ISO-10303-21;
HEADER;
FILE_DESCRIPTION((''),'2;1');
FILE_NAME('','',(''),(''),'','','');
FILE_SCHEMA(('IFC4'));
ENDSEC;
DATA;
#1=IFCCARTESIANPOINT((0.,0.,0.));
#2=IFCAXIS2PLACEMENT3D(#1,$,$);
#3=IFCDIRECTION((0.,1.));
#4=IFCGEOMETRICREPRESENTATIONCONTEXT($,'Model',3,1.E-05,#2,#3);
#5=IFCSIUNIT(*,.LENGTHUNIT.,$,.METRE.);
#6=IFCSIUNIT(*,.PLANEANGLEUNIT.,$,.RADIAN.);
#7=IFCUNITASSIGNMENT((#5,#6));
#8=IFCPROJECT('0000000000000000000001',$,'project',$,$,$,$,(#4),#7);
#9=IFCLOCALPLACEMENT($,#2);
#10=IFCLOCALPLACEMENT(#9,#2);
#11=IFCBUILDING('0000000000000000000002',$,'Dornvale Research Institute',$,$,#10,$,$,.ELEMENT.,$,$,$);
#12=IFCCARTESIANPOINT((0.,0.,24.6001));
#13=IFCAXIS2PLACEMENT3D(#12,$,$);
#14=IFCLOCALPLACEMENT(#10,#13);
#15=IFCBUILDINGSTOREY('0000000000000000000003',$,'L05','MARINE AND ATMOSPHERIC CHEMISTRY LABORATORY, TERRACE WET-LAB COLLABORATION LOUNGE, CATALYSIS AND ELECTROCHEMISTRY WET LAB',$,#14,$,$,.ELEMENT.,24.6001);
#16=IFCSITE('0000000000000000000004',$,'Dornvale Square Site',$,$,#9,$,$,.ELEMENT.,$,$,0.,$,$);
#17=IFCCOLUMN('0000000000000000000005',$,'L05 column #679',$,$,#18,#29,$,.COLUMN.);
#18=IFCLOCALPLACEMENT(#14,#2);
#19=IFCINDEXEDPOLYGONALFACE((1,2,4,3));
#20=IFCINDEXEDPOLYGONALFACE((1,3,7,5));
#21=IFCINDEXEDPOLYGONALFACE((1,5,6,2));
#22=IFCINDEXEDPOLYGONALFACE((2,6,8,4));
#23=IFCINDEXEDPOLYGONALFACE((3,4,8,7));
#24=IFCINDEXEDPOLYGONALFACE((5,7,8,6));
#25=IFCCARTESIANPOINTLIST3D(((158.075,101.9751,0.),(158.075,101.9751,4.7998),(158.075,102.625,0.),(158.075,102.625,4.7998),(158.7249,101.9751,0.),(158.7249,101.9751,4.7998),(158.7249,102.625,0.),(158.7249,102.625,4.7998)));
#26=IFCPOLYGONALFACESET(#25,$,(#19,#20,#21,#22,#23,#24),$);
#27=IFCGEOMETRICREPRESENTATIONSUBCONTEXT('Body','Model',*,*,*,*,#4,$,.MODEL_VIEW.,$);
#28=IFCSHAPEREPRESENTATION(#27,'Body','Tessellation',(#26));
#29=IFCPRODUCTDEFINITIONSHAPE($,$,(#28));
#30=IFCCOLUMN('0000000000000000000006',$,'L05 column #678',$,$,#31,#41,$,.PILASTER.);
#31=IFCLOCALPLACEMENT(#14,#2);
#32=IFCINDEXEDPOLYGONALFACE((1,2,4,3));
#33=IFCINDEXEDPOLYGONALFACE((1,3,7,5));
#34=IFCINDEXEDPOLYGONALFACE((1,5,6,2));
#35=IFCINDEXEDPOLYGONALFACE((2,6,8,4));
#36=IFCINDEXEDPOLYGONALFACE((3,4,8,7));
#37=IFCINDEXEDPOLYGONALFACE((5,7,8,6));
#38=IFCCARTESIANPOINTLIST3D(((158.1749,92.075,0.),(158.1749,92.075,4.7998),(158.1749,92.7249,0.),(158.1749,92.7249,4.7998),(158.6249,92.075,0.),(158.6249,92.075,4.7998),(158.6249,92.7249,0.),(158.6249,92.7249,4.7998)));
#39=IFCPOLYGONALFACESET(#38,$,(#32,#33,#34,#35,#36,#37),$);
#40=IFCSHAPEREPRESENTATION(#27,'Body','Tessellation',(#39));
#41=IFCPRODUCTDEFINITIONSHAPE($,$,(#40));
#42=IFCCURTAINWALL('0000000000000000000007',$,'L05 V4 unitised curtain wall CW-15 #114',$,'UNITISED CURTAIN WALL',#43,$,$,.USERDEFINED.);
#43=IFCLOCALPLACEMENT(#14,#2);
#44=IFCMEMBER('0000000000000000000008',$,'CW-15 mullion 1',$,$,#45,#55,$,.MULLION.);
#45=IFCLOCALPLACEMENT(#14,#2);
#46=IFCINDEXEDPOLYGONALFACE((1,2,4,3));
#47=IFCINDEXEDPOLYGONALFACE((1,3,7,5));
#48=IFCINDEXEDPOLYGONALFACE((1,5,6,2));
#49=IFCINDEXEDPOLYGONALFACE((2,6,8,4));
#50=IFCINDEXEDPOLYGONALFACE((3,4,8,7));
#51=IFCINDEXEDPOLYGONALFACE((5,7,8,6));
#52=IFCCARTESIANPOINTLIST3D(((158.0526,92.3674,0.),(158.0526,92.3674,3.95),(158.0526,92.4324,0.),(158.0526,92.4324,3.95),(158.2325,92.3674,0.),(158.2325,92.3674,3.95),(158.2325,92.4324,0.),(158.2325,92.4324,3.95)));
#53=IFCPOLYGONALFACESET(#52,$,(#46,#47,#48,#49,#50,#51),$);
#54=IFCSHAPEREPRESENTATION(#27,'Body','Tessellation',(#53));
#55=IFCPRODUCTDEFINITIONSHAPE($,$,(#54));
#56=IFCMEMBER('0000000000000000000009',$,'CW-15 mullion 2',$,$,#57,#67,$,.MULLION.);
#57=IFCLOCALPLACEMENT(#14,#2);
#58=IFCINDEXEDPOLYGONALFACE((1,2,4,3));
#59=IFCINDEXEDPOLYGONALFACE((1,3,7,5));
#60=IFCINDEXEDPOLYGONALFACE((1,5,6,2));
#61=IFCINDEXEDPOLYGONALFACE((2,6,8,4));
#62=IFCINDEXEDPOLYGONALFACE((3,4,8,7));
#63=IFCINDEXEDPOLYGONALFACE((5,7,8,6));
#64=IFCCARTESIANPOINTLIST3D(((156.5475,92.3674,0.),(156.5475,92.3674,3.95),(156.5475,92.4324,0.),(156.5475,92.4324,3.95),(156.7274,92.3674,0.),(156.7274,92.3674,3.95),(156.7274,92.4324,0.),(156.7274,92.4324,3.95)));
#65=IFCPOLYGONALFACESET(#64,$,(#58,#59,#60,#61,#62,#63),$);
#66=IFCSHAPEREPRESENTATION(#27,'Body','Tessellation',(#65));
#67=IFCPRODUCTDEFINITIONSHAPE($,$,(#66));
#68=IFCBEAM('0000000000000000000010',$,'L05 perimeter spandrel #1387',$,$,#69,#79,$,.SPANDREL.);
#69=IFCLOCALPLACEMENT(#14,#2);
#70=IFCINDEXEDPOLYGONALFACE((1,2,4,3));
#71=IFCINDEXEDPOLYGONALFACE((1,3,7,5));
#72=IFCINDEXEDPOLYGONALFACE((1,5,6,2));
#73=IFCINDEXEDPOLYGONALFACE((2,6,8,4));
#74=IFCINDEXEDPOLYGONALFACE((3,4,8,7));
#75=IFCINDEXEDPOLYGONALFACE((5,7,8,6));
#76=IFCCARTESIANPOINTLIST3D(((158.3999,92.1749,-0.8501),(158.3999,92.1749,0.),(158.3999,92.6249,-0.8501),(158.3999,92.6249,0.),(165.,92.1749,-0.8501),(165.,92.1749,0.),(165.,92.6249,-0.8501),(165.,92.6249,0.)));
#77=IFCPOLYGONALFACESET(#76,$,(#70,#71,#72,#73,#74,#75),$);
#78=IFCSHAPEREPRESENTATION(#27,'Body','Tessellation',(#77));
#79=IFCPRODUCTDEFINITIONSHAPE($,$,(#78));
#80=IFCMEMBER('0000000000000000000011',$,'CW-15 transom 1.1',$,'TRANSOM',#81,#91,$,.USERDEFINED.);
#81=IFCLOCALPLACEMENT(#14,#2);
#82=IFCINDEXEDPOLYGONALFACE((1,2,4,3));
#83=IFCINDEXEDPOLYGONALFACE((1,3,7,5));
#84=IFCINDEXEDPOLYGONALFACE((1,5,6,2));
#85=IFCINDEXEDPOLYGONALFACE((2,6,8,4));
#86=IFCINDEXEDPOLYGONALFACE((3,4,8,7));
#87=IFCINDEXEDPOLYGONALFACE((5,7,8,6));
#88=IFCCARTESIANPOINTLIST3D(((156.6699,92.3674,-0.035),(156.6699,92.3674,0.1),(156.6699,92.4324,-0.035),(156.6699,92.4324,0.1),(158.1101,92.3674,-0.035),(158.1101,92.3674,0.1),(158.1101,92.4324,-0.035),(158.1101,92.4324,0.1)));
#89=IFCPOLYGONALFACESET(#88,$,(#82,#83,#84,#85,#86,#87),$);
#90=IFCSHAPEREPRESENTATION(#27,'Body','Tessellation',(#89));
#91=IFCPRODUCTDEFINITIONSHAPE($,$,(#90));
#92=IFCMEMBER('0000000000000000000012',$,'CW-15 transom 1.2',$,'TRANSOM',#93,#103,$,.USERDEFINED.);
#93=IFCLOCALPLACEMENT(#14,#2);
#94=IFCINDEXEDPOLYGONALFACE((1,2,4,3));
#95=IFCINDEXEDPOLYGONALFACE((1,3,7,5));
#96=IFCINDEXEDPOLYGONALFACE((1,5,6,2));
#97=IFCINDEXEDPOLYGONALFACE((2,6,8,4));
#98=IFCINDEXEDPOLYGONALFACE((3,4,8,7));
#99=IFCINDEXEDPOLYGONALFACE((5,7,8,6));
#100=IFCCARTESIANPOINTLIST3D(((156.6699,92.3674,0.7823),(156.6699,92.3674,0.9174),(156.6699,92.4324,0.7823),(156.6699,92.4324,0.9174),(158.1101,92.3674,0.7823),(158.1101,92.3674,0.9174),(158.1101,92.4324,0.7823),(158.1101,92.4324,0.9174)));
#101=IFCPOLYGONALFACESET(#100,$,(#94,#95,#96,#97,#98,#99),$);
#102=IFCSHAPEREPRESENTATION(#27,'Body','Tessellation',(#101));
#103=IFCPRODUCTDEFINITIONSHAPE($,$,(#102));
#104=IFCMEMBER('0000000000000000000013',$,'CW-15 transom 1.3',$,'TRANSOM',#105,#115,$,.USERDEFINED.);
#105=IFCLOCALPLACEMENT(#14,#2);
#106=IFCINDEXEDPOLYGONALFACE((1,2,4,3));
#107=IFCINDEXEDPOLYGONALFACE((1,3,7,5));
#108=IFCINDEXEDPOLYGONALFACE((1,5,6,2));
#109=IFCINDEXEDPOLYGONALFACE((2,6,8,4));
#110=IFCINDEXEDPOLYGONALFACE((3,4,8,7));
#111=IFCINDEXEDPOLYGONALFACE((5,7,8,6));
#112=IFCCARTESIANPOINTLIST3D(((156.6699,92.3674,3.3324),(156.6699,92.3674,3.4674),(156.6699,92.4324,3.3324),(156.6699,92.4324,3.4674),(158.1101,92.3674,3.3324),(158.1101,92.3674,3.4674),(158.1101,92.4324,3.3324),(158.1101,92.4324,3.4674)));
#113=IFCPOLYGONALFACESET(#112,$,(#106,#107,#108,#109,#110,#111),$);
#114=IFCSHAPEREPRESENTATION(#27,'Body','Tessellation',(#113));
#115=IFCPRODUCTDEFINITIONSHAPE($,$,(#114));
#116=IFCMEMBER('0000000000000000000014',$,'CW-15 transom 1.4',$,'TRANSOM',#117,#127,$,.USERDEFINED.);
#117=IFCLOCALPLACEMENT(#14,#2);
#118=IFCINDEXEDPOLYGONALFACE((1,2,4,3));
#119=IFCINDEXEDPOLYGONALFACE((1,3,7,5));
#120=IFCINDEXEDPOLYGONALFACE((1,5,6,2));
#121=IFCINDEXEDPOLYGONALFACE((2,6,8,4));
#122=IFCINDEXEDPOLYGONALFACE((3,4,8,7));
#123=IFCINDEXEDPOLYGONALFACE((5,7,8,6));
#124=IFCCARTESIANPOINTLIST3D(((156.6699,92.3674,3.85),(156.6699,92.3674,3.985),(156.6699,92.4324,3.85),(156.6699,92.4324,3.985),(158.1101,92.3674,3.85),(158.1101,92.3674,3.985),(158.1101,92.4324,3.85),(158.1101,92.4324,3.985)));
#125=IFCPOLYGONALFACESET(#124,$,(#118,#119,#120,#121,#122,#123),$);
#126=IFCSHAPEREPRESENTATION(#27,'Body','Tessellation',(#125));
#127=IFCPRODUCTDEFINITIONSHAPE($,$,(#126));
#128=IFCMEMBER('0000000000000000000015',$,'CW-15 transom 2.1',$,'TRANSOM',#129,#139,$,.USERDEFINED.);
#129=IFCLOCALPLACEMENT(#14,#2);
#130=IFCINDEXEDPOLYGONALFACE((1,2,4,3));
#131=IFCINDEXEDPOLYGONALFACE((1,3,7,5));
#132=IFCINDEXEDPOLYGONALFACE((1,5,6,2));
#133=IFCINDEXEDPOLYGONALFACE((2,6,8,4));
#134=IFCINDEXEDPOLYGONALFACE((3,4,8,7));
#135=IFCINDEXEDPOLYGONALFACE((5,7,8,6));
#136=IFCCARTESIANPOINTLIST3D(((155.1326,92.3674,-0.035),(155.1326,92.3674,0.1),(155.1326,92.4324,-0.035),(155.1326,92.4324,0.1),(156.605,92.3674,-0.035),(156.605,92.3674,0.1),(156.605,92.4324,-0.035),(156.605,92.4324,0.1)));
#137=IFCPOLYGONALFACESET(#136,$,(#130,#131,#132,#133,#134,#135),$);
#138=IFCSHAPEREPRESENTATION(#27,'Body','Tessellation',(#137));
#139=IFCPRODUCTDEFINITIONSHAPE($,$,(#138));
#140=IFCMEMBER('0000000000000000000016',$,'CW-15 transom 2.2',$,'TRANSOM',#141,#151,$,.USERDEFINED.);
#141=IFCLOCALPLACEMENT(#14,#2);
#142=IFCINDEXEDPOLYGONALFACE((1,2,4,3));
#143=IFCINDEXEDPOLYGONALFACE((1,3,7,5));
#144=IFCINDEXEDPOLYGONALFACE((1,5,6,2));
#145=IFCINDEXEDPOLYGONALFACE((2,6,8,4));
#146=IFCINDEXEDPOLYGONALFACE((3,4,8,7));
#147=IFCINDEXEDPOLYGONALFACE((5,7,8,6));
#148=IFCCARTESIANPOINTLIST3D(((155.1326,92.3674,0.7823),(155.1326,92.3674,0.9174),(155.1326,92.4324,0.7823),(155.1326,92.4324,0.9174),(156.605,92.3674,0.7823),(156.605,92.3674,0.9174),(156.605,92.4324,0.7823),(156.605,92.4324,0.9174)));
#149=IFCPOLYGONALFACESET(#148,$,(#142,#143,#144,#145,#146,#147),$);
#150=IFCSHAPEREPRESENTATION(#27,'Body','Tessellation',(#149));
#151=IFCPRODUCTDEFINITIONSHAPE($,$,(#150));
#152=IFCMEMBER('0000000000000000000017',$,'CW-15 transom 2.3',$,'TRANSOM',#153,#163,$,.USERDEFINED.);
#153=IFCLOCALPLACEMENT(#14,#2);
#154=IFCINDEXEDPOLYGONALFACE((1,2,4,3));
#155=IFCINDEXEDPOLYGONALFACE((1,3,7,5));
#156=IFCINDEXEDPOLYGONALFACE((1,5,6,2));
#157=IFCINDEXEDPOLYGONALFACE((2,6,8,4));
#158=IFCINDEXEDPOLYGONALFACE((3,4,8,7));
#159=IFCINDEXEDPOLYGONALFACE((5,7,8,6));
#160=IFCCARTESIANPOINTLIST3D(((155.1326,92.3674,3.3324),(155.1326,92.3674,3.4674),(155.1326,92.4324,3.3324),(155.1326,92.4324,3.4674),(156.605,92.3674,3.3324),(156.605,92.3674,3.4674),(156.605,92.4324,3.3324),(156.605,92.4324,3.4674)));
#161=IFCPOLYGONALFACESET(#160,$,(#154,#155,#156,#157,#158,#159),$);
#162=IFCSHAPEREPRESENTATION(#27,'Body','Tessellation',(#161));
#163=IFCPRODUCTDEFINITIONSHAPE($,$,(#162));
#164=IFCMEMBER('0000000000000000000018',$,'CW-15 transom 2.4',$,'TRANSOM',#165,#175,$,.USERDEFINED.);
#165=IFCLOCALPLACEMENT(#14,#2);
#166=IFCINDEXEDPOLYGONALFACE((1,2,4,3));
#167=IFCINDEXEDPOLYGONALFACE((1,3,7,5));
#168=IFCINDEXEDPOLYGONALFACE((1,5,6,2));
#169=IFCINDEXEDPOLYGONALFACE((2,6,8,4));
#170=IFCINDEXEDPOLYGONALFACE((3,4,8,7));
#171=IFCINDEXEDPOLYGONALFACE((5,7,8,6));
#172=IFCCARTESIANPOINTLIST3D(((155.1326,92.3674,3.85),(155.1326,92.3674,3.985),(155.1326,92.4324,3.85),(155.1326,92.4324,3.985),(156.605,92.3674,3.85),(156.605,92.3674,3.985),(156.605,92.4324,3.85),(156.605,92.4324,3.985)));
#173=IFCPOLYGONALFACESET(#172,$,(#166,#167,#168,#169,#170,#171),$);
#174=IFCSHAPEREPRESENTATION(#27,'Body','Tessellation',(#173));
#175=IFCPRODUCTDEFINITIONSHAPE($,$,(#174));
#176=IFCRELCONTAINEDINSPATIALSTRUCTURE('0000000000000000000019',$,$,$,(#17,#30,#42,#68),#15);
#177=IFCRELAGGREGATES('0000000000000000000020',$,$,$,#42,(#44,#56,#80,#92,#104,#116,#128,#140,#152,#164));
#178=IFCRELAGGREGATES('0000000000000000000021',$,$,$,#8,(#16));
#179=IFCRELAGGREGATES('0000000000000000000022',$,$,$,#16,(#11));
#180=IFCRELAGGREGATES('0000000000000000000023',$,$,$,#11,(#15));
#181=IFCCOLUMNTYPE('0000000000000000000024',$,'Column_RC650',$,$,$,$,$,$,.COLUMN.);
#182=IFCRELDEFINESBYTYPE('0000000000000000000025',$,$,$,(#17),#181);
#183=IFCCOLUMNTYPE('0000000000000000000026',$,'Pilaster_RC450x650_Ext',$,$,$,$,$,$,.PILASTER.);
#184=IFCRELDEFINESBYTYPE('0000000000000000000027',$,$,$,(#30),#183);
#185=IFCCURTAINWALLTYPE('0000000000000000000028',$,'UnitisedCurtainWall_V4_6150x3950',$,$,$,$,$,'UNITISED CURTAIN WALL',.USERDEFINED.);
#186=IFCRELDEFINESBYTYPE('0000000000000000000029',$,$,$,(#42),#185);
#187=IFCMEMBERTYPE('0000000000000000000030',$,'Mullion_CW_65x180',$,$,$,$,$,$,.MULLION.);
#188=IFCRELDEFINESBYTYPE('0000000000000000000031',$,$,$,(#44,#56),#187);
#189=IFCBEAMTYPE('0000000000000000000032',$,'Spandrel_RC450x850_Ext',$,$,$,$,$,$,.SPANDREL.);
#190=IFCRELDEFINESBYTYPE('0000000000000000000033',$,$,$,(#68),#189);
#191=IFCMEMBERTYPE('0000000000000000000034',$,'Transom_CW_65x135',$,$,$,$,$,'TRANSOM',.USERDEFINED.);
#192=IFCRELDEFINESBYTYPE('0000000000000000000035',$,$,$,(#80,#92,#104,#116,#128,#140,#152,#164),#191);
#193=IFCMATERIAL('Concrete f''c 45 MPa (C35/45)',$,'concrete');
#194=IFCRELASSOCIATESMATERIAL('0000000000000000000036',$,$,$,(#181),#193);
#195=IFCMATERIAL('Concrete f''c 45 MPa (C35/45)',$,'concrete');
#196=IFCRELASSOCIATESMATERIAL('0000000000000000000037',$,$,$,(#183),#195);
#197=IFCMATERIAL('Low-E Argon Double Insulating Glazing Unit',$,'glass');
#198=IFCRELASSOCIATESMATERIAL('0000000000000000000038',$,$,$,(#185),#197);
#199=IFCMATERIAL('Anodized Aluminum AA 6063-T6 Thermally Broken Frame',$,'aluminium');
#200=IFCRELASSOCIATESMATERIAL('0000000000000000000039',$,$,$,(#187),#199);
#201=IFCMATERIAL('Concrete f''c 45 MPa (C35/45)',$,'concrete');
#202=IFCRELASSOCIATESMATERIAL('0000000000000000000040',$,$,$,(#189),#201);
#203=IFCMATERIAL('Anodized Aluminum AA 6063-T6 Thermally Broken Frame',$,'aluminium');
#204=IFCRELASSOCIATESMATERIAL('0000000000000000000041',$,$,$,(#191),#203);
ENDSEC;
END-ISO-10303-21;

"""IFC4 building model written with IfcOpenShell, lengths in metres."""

from ifc_helpers import new_model, si_unit, direction, frame, origin, origin_2d, place, context, subcontext, project, spatial, rectangle, extrude, material, material_profile, profile_set, type_object, element, aggregate, save


model = new_model("IFC4")

# Units and contexts
model_context = context("Model", 3, precision=1e-05, world=origin(), true_north=direction((0.0, 1.0)))
body_context = subcontext(model_context, "Body", "Model", "MODEL_VIEW")
ifc_project = project(units=[si_unit("LENGTHUNIT", "METRE"), si_unit("PLANEANGLEUNIT", "RADIAN")], contexts=[model_context])

# Site, building, storey
site_placement = place(None, origin())
site = spatial("IfcSite", under=ifc_project, at=site_placement, Name="Dornvale Square Site", CompositionType="ELEMENT", RefElevation=0.0)
building_placement = place(site_placement, origin())
building = spatial("IfcBuilding", under=site, at=building_placement, Name="Dornvale Research Institute", CompositionType="ELEMENT")
storey_placement = place(building_placement, frame((0.0, 0.0, 24.6001)))
storey = spatial("IfcBuildingStorey", under=building, at=storey_placement, Name="L05", Description="MARINE AND ATMOSPHERIC CHEMISTRY LABORATORY, TERRACE WET-LAB COLLABORATION LOUNGE, CATALYSIS AND ELECTROCHEMISTRY WET LAB", CompositionType="ELEMENT", Elevation=24.6001)

# Columns
ifc_material_1 = material(Name="Concrete f'c 45 MPa (C35/45)", Category="concrete")
ifc_material_profile_1 = material_profile(ifc_material_1, rectangle(XDim=0.6499, YDim=0.6499, at=origin_2d()), Name="RC 650x650")
ifc_profile_set_1 = profile_set([ifc_material_profile_1], Name="Concrete f'c 45 MPa (C35/45)")
column_type_1 = type_object("IfcColumnType", Name="Column_RC650", PredefinedType="COLUMN", material=ifc_profile_set_1)
column_1_placement = place(storey_placement, frame((158.3999, 102.3, 0.0), z_axis=(0.0, 0.0, 1.0), x_axis=(1.0, 0.0, 0.0)))
element("IfcColumn", 1, at=column_1_placement, inside=storey, type_object=column_type_1, Name="L05 column #679", PredefinedType="COLUMN", context=body_context, shape_type="SweptSolid", body=[
    extrude(rectangle(XDim=0.6499, YDim=0.6499, at=origin_2d()), origin(), (0.0, 0.0, 1.0), 4.7998),
])
ifc_material_2 = material(Name="Concrete f'c 45 MPa (C35/45)", Category="concrete")
ifc_material_profile_2 = material_profile(ifc_material_2, rectangle(XDim=0.45, YDim=0.6499, at=origin_2d()), Name="RC 450x650")
ifc_profile_set_2 = profile_set([ifc_material_profile_2], Name="Concrete f'c 45 MPa (C35/45)")
column_type_2 = type_object("IfcColumnType", Name="Pilaster_RC450x650_Ext", PredefinedType="PILASTER", material=ifc_profile_set_2)
column_2_placement = place(storey_placement, frame((158.3999, 92.3999, 0.0), z_axis=(0.0, 0.0, 1.0), x_axis=(1.0, 0.0, 0.0)))
element("IfcColumn", 2, at=column_2_placement, inside=storey, type_object=column_type_2, Name="L05 column #678", PredefinedType="PILASTER", context=body_context, shape_type="SweptSolid", body=[
    extrude(rectangle(XDim=0.45, YDim=0.6499, at=origin_2d()), origin(), (0.0, 0.0, 1.0), 4.7998),
])

# Curtain wall, members
ifc_material_3 = material(Name="Low-E Argon Double Insulating Glazing Unit", Category="glass")
curtain_wall_type = type_object("IfcCurtainWallType", Name="UnitisedCurtainWall_V4_6150x3950", ElementType="UNITISED CURTAIN WALL", PredefinedType="USERDEFINED", material=ifc_material_3)
curtain_wall_placement = place(storey_placement, origin())
curtain_wall = element("IfcCurtainWall", 3, at=curtain_wall_placement, inside=storey, type_object=curtain_wall_type, Name="L05 V4 unitised curtain wall CW-15 #114", ObjectType="UNITISED CURTAIN WALL", PredefinedType="USERDEFINED")
ifc_material_4 = material(Name="Anodized Aluminum AA 6063-T6 Thermally Broken Frame", Category="aluminium")
ifc_material_profile_3 = material_profile(ifc_material_4, rectangle(XDim=0.0649, YDim=0.1799, at=origin_2d()), Name="ALU MULLION 65x180")
ifc_profile_set_3 = profile_set([ifc_material_profile_3], Name="Anodized Aluminum AA 6063-T6 Thermally Broken Frame")
member_type_1 = type_object("IfcMemberType", Name="Mullion_CW_65x180", PredefinedType="MULLION", material=ifc_profile_set_3)
member_1_placement = place(storey_placement, frame((158.1426, 92.3999, 0.0), z_axis=(0.0, 0.0, 1.0), x_axis=(0.0, -1.0, 0.0)))
member_1 = element("IfcMember", 4, at=member_1_placement, type_object=member_type_1, Name="CW-15 mullion 1", PredefinedType="MULLION", context=body_context, shape_type="SweptSolid", body=[
    extrude(rectangle(XDim=0.0649, YDim=0.1799, at=origin_2d()), origin(), (0.0, 0.0, 1.0), 3.95),
])
member_2_placement = place(storey_placement, frame((156.6375, 92.3999, 0.0), z_axis=(0.0, 0.0, 1.0), x_axis=(0.0, -1.0, 0.0)))
member_2 = element("IfcMember", 5, at=member_2_placement, type_object=member_type_1, Name="CW-15 mullion 2", PredefinedType="MULLION", context=body_context, shape_type="SweptSolid", body=[
    extrude(rectangle(XDim=0.0649, YDim=0.1799, at=origin_2d()), origin(), (0.0, 0.0, 1.0), 3.95),
])

# Beam
ifc_material_5 = material(Name="Concrete f'c 45 MPa (C35/45)", Category="concrete")
ifc_material_profile_4 = material_profile(ifc_material_5, rectangle(XDim=0.45, YDim=0.8501, at=origin_2d()), Name="RC 450x850")
ifc_profile_set_4 = profile_set([ifc_material_profile_4], Name="Concrete f'c 45 MPa (C35/45)")
beam_type = type_object("IfcBeamType", Name="Spandrel_RC450x850_Ext", PredefinedType="SPANDREL", material=ifc_profile_set_4)
beam_placement = place(storey_placement, frame((158.3999, 92.3999, -0.425), z_axis=(1.0, 0.0, 0.0), x_axis=(0.0, 1.0, 0.0)))
element("IfcBeam", 6, at=beam_placement, inside=storey, type_object=beam_type, Name="L05 perimeter spandrel #1387", PredefinedType="SPANDREL", context=body_context, shape_type="SweptSolid", body=[
    extrude(rectangle(XDim=0.45, YDim=0.8501, at=origin_2d()), origin(), (0.0, 0.0, 1.0), 6.6001),
])

# Members
ifc_material_6 = material(Name="Anodized Aluminum AA 6063-T6 Thermally Broken Frame", Category="aluminium")
ifc_material_profile_5 = material_profile(ifc_material_6, rectangle(XDim=0.0649, YDim=0.135, at=origin_2d()), Name="ALU TRANSOM 65x135")
ifc_profile_set_5 = profile_set([ifc_material_profile_5], Name="Anodized Aluminum AA 6063-T6 Thermally Broken Frame")
member_type_2 = type_object("IfcMemberType", Name="Transom_CW_65x135", ElementType="TRANSOM", PredefinedType="USERDEFINED", material=ifc_profile_set_5)
member_3_placement = place(storey_placement, frame((158.1101, 92.3999, 0.0325), z_axis=(-1.0, 0.0, 0.0), x_axis=(0.0, -1.0, 0.0)))
member_3 = element("IfcMember", 7, at=member_3_placement, type_object=member_type_2, Name="CW-15 transom 1.1", ObjectType="TRANSOM", PredefinedType="USERDEFINED", context=body_context, shape_type="SweptSolid", body=[
    extrude(rectangle(XDim=0.0649, YDim=0.135, at=origin_2d()), origin(), (0.0, 0.0, 1.0), 1.4402),
])
member_4_placement = place(storey_placement, frame((158.1101, 92.3999, 0.8499), z_axis=(-1.0, 0.0, 0.0), x_axis=(0.0, -1.0, 0.0)))
member_4 = element("IfcMember", 8, at=member_4_placement, type_object=member_type_2, Name="CW-15 transom 1.2", ObjectType="TRANSOM", PredefinedType="USERDEFINED", context=body_context, shape_type="SweptSolid", body=[
    extrude(rectangle(XDim=0.0649, YDim=0.135, at=origin_2d()), origin(), (0.0, 0.0, 1.0), 1.4402),
])
member_5_placement = place(storey_placement, frame((158.1101, 92.3999, 3.3999), z_axis=(-1.0, 0.0, 0.0), x_axis=(0.0, -1.0, 0.0)))
member_5 = element("IfcMember", 9, at=member_5_placement, type_object=member_type_2, Name="CW-15 transom 1.3", ObjectType="TRANSOM", PredefinedType="USERDEFINED", context=body_context, shape_type="SweptSolid", body=[
    extrude(rectangle(XDim=0.0649, YDim=0.135, at=origin_2d()), origin(), (0.0, 0.0, 1.0), 1.4402),
])
member_6_placement = place(storey_placement, frame((158.1101, 92.3999, 3.9175), z_axis=(-1.0, 0.0, 0.0), x_axis=(0.0, -1.0, 0.0)))
member_6 = element("IfcMember", 10, at=member_6_placement, type_object=member_type_2, Name="CW-15 transom 1.4", ObjectType="TRANSOM", PredefinedType="USERDEFINED", context=body_context, shape_type="SweptSolid", body=[
    extrude(rectangle(XDim=0.0649, YDim=0.135, at=origin_2d()), origin(), (0.0, 0.0, 1.0), 1.4402),
])
member_7_placement = place(storey_placement, frame((156.605, 92.3999, 0.0325), z_axis=(-1.0, 0.0, 0.0), x_axis=(0.0, -1.0, 0.0)))
member_7 = element("IfcMember", 11, at=member_7_placement, type_object=member_type_2, Name="CW-15 transom 2.1", ObjectType="TRANSOM", PredefinedType="USERDEFINED", context=body_context, shape_type="SweptSolid", body=[
    extrude(rectangle(XDim=0.0649, YDim=0.135, at=origin_2d()), origin(), (0.0, 0.0, 1.0), 1.4724),
])
member_8_placement = place(storey_placement, frame((156.605, 92.3999, 0.8499), z_axis=(-1.0, 0.0, 0.0), x_axis=(0.0, -1.0, 0.0)))
member_8 = element("IfcMember", 12, at=member_8_placement, type_object=member_type_2, Name="CW-15 transom 2.2", ObjectType="TRANSOM", PredefinedType="USERDEFINED", context=body_context, shape_type="SweptSolid", body=[
    extrude(rectangle(XDim=0.0649, YDim=0.135, at=origin_2d()), origin(), (0.0, 0.0, 1.0), 1.4724),
])
member_9_placement = place(storey_placement, frame((156.605, 92.3999, 3.3999), z_axis=(-1.0, 0.0, 0.0), x_axis=(0.0, -1.0, 0.0)))
member_9 = element("IfcMember", 13, at=member_9_placement, type_object=member_type_2, Name="CW-15 transom 2.3", ObjectType="TRANSOM", PredefinedType="USERDEFINED", context=body_context, shape_type="SweptSolid", body=[
    extrude(rectangle(XDim=0.0649, YDim=0.135, at=origin_2d()), origin(), (0.0, 0.0, 1.0), 1.4724),
])
member_10_placement = place(storey_placement, frame((156.605, 92.3999, 3.9175), z_axis=(-1.0, 0.0, 0.0), x_axis=(0.0, -1.0, 0.0)))
member_10 = element("IfcMember", 14, at=member_10_placement, type_object=member_type_2, Name="CW-15 transom 2.4", ObjectType="TRANSOM", PredefinedType="USERDEFINED", context=body_context, shape_type="SweptSolid", body=[
    extrude(rectangle(XDim=0.0649, YDim=0.135, at=origin_2d()), origin(), (0.0, 0.0, 1.0), 1.4724),
])

aggregate(curtain_wall, [member_1, member_2, member_3, member_4, member_5, member_6, member_7, member_8, member_9, member_10])

save(model, "model.ifc")
